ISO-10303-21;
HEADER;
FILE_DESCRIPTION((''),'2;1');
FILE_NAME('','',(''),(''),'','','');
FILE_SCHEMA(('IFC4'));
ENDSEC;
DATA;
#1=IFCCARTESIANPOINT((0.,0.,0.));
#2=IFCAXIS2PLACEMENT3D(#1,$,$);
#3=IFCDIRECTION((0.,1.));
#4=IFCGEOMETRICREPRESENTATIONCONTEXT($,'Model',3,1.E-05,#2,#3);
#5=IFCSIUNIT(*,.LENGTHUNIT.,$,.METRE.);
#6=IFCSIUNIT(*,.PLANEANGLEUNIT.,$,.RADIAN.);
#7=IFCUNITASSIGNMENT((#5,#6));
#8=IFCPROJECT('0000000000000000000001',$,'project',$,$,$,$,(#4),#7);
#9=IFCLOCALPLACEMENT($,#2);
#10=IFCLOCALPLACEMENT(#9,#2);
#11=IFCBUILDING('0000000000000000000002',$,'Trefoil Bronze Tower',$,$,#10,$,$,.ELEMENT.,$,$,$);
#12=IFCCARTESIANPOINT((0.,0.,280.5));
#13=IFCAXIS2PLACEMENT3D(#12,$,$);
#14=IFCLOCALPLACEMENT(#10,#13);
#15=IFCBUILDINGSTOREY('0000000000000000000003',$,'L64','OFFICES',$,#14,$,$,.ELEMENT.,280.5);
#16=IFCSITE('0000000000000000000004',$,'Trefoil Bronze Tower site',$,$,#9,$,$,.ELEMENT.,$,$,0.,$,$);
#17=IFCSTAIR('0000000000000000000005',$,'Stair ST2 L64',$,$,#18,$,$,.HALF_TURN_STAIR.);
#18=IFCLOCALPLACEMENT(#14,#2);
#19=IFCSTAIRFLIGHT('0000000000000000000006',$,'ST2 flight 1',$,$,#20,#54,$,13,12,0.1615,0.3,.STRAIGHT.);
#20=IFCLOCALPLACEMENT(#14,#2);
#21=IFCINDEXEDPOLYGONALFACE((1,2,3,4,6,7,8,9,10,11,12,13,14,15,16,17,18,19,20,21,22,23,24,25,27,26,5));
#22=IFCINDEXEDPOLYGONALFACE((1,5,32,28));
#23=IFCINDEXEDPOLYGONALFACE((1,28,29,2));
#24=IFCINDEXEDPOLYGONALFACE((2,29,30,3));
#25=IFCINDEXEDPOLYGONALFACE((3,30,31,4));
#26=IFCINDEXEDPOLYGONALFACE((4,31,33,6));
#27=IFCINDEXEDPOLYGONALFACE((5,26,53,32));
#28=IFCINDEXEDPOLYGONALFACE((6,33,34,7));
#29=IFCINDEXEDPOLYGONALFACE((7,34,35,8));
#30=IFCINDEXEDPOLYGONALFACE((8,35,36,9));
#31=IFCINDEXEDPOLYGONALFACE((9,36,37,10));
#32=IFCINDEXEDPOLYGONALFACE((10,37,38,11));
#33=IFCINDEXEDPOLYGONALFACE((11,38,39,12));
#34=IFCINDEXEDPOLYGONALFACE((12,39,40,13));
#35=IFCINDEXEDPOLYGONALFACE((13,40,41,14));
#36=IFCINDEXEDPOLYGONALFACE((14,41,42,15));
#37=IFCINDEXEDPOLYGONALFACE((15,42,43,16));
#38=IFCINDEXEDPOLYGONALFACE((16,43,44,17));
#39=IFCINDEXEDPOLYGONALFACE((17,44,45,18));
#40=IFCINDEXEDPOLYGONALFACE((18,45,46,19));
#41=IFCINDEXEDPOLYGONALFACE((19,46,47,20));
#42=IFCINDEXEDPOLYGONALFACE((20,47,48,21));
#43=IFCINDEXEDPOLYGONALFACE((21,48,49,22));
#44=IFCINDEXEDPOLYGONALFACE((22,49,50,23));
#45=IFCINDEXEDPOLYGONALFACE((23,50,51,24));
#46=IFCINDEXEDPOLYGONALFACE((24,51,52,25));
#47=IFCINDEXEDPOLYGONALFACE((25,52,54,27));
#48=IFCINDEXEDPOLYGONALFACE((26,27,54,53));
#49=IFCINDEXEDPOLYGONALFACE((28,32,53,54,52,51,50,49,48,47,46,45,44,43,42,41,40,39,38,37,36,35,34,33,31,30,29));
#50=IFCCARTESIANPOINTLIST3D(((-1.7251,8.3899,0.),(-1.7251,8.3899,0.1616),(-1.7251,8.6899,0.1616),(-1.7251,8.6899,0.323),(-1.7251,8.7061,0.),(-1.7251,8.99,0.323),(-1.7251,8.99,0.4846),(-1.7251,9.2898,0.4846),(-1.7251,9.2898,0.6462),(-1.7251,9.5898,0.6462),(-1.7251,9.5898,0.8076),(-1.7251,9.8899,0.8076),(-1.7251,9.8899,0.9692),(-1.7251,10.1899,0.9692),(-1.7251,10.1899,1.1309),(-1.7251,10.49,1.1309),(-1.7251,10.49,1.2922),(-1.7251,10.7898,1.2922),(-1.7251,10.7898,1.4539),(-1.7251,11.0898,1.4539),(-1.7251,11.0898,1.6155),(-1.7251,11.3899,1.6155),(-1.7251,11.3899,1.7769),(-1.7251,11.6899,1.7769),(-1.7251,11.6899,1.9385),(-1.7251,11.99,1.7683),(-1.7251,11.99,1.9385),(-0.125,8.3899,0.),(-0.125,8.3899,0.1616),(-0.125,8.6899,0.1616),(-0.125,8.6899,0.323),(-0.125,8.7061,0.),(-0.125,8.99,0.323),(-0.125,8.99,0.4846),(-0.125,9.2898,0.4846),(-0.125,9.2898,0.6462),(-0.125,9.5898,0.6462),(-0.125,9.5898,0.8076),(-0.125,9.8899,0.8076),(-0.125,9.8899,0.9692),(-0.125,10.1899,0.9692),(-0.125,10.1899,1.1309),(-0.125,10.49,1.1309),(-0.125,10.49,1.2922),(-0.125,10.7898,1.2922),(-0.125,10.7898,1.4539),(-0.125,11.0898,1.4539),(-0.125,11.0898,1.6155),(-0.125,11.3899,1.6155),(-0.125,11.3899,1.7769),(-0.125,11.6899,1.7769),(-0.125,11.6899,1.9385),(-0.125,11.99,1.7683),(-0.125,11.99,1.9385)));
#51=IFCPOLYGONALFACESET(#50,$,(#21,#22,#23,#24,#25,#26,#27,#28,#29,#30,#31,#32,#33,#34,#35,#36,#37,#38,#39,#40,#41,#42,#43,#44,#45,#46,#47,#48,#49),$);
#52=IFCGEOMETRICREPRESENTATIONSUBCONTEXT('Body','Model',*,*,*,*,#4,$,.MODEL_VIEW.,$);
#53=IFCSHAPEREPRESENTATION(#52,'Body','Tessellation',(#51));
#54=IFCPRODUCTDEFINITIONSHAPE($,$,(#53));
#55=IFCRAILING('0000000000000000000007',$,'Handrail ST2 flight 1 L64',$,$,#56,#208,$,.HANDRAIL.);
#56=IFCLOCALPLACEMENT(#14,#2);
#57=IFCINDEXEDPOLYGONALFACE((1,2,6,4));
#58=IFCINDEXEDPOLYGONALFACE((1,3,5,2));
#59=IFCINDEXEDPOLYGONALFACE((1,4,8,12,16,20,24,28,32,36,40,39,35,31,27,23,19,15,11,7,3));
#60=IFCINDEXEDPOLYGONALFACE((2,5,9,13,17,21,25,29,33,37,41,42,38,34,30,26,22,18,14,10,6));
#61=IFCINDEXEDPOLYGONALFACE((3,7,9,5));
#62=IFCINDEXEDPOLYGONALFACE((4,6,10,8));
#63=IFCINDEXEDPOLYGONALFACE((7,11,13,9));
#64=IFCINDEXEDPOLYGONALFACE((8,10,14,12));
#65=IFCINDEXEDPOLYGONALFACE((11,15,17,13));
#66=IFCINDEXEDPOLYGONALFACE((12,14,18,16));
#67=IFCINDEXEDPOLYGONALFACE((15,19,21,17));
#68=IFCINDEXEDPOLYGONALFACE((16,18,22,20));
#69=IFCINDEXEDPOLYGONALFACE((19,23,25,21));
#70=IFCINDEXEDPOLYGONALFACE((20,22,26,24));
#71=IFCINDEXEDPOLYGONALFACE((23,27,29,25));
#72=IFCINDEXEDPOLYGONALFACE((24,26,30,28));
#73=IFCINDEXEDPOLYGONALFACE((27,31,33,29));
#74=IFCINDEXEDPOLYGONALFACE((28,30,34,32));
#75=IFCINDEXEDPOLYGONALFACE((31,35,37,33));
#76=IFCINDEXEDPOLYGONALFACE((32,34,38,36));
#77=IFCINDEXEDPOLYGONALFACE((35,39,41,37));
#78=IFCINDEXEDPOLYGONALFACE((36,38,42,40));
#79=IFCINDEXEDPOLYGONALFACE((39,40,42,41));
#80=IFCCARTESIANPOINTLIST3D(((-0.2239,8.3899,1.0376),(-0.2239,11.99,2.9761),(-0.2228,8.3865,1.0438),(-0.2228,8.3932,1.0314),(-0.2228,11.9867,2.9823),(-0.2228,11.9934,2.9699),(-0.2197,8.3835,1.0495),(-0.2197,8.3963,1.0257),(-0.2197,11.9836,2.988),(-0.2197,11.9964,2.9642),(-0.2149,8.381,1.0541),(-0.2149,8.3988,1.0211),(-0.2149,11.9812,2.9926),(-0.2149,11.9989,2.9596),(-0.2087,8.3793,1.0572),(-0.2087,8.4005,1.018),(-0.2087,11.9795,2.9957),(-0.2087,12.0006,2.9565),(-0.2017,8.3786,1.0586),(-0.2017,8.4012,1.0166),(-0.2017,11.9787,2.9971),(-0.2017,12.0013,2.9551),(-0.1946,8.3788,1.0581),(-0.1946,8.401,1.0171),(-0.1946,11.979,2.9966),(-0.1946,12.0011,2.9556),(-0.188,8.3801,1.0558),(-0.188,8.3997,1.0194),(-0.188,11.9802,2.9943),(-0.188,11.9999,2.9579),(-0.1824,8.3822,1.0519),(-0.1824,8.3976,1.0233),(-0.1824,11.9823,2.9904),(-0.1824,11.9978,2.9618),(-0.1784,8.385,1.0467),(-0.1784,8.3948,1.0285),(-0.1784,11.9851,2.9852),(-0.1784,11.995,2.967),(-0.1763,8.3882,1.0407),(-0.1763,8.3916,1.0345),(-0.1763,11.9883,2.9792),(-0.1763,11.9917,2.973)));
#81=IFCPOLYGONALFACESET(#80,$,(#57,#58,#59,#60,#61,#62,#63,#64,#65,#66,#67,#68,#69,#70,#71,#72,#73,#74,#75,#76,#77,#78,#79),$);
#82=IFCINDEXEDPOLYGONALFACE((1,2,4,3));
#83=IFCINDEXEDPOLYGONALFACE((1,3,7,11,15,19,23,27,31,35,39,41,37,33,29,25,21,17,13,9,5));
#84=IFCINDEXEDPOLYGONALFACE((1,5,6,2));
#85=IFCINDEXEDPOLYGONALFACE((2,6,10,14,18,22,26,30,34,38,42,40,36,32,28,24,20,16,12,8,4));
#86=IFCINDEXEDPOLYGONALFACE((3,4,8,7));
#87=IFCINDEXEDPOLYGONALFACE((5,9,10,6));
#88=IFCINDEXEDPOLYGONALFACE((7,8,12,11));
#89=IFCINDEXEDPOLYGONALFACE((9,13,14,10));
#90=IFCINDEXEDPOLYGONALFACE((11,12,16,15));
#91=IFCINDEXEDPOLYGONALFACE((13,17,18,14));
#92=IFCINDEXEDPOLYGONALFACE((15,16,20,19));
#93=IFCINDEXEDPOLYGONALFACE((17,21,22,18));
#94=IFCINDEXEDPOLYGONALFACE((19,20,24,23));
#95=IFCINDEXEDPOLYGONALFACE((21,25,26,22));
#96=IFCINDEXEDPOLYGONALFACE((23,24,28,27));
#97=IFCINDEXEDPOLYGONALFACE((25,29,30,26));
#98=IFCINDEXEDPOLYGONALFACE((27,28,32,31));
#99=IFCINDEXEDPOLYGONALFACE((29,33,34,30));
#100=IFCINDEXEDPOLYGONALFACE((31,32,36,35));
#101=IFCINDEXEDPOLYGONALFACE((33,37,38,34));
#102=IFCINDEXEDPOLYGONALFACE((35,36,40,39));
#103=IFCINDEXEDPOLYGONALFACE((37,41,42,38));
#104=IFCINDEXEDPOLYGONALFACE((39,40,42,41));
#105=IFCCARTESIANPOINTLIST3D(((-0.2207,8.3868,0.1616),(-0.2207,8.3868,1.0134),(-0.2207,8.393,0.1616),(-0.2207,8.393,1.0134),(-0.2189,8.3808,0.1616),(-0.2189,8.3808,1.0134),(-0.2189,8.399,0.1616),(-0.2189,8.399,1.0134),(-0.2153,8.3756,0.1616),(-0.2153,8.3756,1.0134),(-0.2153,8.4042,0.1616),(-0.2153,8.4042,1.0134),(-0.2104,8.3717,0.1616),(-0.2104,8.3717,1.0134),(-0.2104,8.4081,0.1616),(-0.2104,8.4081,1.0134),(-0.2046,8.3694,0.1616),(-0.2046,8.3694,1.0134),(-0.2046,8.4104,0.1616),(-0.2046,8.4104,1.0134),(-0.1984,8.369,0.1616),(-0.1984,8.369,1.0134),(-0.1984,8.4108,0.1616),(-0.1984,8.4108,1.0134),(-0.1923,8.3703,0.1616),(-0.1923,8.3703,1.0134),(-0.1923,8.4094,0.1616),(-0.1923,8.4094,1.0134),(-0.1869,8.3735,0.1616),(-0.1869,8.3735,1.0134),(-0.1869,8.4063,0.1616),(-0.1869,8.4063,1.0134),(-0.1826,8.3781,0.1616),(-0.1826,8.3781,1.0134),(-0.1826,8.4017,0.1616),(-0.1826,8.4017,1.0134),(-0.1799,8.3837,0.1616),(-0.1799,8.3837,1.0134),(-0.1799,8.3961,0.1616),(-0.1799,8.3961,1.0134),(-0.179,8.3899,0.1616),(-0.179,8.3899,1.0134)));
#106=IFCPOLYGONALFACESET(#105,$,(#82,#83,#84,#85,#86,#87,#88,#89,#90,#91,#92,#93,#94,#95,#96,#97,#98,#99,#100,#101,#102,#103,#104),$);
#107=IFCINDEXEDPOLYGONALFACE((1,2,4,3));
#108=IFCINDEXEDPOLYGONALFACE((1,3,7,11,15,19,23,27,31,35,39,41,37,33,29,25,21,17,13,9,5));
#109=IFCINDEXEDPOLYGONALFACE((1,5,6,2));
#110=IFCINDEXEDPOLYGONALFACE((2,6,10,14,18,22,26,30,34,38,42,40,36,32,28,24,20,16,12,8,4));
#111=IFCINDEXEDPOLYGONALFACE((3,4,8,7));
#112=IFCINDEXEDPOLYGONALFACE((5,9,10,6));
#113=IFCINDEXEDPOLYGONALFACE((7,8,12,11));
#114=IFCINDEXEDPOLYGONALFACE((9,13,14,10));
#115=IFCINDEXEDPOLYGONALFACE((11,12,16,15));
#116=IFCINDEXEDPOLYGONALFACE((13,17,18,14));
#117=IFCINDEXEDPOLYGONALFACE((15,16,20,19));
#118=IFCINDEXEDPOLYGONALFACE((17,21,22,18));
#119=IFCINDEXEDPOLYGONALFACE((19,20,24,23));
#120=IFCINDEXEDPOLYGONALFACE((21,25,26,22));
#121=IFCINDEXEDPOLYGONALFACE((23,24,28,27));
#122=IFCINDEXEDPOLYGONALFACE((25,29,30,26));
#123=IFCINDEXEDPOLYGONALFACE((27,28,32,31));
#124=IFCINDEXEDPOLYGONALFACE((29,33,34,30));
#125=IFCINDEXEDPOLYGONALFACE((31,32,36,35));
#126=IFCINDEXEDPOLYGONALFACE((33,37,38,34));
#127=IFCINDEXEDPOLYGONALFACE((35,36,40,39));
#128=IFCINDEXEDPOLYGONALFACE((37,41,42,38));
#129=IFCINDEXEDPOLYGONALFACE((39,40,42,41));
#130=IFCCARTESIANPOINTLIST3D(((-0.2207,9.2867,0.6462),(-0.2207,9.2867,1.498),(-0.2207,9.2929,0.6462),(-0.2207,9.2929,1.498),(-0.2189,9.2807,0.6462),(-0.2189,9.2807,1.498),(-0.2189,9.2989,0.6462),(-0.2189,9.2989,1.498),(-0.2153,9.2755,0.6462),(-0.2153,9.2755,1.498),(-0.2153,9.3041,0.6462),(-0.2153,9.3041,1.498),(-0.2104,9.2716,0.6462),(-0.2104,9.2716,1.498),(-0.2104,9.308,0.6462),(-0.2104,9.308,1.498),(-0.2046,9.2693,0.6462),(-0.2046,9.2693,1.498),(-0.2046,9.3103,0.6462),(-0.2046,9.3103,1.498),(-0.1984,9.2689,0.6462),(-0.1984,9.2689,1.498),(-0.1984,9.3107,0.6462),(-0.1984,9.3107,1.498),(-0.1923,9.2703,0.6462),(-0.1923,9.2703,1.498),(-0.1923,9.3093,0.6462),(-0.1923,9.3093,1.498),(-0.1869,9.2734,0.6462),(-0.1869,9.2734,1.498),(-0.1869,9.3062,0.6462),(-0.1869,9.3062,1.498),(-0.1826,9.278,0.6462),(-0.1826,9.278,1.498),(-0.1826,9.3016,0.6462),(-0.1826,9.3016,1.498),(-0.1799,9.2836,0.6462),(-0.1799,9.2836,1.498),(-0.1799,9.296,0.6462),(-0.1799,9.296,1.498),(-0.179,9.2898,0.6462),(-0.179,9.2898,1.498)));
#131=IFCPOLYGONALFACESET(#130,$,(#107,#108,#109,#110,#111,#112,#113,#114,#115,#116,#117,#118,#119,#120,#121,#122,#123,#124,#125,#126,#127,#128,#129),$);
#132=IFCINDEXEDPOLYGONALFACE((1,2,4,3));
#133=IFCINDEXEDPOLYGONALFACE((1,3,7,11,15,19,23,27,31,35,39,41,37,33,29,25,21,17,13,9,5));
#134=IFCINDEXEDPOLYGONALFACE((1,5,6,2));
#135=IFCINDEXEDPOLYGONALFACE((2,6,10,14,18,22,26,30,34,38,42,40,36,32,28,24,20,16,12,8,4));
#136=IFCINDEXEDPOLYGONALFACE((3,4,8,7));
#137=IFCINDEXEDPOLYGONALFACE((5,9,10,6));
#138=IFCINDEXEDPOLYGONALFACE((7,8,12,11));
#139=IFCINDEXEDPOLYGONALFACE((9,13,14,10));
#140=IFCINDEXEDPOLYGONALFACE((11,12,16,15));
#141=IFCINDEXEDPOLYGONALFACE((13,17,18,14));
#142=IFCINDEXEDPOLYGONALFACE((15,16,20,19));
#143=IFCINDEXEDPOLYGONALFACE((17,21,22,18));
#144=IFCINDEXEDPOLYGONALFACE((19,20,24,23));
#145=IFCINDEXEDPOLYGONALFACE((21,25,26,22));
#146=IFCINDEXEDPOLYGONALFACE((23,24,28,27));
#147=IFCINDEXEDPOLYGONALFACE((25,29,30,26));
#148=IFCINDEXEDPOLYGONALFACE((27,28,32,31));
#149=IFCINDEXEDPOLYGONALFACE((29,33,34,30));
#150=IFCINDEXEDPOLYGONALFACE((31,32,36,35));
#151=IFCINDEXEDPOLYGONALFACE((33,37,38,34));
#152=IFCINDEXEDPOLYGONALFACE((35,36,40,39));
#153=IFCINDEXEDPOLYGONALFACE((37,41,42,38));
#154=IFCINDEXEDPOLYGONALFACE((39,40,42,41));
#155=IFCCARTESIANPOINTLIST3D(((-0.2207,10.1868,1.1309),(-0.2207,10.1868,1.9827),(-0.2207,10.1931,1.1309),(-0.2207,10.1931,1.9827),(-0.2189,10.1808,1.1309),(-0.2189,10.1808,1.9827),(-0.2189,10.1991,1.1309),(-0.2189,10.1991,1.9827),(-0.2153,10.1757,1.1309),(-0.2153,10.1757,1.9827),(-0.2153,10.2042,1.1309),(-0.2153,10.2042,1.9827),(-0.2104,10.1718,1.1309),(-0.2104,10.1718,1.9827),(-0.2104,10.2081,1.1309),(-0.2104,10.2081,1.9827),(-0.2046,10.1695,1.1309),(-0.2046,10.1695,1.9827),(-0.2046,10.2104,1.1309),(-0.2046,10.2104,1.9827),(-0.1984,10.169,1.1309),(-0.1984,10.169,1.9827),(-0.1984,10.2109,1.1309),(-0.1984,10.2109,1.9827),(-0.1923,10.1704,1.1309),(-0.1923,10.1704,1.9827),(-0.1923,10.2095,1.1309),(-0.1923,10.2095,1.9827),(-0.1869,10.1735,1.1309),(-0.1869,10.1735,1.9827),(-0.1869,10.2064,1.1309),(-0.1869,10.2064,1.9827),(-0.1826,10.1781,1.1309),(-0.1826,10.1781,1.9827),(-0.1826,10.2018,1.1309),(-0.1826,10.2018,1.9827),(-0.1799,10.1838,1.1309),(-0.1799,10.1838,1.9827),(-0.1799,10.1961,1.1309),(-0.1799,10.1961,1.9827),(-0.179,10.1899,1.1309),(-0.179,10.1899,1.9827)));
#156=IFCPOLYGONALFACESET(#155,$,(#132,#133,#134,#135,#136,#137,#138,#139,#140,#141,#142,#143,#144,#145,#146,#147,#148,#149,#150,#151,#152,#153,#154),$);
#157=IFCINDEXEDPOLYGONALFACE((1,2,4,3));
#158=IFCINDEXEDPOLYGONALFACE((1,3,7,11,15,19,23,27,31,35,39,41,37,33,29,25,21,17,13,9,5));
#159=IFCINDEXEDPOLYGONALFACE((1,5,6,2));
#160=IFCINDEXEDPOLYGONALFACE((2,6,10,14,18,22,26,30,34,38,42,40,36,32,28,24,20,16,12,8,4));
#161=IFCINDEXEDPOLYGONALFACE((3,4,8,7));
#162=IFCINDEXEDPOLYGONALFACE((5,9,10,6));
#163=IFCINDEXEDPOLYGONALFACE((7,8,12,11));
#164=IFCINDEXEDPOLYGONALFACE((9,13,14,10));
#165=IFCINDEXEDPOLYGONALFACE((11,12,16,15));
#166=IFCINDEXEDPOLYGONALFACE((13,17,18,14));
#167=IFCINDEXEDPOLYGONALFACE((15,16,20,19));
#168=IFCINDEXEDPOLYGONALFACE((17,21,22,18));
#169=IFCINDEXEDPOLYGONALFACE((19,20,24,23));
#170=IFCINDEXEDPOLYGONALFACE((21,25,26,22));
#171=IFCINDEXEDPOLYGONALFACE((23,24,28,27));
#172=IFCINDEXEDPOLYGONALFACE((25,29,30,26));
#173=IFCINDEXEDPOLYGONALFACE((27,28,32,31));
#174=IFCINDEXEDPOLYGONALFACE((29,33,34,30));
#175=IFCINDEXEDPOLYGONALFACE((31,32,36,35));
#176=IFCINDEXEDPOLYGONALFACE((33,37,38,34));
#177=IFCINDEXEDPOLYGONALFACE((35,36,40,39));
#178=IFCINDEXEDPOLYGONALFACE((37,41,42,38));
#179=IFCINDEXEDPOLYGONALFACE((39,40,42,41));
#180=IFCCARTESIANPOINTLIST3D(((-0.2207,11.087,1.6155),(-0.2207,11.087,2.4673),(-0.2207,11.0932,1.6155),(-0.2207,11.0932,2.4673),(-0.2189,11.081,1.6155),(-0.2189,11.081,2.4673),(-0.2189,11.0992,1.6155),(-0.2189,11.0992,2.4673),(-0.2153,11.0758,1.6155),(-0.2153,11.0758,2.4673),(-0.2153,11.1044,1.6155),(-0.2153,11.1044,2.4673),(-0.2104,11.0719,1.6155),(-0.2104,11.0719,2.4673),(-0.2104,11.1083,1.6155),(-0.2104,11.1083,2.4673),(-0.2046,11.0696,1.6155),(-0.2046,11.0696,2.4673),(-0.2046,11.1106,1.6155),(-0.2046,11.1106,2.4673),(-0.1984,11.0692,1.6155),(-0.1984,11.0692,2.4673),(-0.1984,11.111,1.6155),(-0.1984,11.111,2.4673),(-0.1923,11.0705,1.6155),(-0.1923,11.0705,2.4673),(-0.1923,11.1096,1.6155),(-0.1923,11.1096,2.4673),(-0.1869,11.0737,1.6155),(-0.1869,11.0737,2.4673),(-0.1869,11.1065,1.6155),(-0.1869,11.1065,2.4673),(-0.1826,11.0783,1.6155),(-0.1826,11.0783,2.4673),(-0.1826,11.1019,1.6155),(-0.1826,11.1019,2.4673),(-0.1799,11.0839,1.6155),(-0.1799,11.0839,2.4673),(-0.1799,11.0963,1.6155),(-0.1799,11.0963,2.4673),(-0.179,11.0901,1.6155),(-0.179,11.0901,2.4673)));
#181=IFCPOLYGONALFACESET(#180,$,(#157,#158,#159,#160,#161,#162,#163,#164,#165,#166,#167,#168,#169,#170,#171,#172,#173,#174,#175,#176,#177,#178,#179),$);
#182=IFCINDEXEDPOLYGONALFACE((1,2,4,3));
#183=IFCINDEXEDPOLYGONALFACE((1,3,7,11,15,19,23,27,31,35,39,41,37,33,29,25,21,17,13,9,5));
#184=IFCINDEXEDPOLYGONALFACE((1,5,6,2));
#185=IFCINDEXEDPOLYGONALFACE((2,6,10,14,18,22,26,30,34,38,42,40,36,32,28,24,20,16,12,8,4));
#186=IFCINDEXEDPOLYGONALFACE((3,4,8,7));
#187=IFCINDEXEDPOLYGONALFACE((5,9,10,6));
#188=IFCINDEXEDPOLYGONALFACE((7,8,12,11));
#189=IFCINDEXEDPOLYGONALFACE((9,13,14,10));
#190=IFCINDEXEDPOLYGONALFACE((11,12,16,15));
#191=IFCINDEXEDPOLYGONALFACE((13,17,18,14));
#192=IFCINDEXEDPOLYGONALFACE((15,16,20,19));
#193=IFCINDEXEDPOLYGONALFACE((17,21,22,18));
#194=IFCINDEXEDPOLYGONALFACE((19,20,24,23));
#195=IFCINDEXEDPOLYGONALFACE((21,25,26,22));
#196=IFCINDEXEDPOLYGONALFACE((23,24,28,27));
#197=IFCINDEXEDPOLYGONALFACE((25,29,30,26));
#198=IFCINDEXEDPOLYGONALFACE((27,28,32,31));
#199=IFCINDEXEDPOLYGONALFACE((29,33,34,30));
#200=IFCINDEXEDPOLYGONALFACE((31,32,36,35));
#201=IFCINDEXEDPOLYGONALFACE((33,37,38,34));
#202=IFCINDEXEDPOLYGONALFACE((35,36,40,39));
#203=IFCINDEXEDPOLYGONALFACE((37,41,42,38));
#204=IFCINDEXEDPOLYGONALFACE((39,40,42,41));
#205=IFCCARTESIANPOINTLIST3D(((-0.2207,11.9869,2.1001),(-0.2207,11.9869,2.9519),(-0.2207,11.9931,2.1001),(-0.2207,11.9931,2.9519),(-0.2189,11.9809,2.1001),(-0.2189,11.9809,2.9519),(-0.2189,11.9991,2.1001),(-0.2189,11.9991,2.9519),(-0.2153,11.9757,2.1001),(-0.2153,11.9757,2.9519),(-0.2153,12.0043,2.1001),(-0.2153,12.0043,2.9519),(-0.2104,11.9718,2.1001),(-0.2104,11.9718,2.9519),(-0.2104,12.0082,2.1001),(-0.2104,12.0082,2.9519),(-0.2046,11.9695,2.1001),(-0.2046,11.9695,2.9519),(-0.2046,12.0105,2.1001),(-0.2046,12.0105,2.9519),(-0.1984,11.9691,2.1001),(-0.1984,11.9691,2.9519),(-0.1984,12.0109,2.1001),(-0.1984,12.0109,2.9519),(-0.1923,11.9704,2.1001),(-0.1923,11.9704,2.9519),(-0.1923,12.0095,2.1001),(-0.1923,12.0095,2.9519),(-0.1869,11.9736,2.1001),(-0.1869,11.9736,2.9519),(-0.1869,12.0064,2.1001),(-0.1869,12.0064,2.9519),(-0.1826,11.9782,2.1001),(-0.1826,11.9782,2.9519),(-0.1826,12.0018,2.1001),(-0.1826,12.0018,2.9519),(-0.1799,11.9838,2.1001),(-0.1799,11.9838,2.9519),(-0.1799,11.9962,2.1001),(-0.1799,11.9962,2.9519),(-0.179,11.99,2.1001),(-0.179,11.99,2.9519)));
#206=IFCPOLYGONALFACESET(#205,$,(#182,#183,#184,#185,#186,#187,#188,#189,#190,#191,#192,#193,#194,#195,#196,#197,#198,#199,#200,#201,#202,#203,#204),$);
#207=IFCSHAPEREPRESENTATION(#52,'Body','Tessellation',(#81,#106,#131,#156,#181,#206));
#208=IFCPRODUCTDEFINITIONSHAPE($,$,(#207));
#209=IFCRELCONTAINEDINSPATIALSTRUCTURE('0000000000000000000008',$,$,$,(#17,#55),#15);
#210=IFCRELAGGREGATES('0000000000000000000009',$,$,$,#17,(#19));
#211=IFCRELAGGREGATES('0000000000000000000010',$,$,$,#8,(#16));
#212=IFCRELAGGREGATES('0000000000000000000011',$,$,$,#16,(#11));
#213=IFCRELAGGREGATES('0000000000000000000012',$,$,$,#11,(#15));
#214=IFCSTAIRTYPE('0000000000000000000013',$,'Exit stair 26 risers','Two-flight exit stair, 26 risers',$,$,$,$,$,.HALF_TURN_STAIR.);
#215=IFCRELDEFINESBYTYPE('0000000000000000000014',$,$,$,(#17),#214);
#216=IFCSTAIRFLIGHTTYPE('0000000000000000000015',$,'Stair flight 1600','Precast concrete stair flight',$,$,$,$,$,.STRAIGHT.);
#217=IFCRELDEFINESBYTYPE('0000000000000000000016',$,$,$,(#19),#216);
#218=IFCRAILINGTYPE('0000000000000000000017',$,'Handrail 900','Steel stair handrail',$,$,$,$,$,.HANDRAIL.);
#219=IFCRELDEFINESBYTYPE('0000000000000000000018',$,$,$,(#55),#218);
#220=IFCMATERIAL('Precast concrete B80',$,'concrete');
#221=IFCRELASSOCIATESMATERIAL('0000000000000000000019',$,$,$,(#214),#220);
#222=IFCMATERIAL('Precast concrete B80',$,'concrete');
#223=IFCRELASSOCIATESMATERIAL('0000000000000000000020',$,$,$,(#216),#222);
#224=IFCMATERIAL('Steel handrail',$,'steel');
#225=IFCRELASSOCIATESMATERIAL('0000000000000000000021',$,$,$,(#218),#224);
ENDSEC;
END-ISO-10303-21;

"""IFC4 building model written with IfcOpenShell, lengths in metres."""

from ifc_helpers import new_model, si_unit, direction, frame, origin, origin_2d, place, context, subcontext, project, spatial, polyline, circle, outline, extrude, material, type_object, element, aggregate, save


model = new_model("IFC4")

# Units and contexts
model_context = context("Model", 3, precision=1e-05, world=origin(), true_north=direction((0.0, 1.0)))
body_context = subcontext(model_context, "Body", "Model", "MODEL_VIEW")
ifc_project = project(units=[si_unit("LENGTHUNIT", "METRE"), si_unit("PLANEANGLEUNIT", "RADIAN")], contexts=[model_context])

# Site, building, storey
site_placement = place(None, origin())
site = spatial("IfcSite", under=ifc_project, at=site_placement, Name="Trefoil Bronze Tower site", CompositionType="ELEMENT", RefElevation=0.0)
building_placement = place(site_placement, origin())
building = spatial("IfcBuilding", under=site, at=building_placement, Name="Trefoil Bronze Tower", CompositionType="ELEMENT")
storey_placement = place(building_placement, frame((0.0, 0.0, 280.5)))
storey = spatial("IfcBuildingStorey", under=building, at=storey_placement, Name="L64", Description="OFFICES", CompositionType="ELEMENT", Elevation=280.5)

# Stair, stair flight
ifc_material_1 = material(Name="Precast concrete B80", Category="concrete")
stair_type = type_object("IfcStairType", Name="Exit stair 26 risers", Description="Two-flight exit stair, 26 risers", PredefinedType="HALF_TURN_STAIR", material=ifc_material_1)
stair_placement = place(storey_placement, origin())
stair = element("IfcStair", 1, at=stair_placement, inside=storey, type_object=stair_type, Name="Stair ST2 L64", PredefinedType="HALF_TURN_STAIR")
ifc_material_2 = material(Name="Precast concrete B80", Category="concrete")
stair_flight_type = type_object("IfcStairFlightType", Name="Stair flight 1600", Description="Precast concrete stair flight", PredefinedType="STRAIGHT", material=ifc_material_2)
stair_flight_placement = place(storey_placement, frame((-0.925, 8.3899, 0.0), z_axis=(0.0, 0.0, 1.0), x_axis=(0.0, 1.0, 0.0)))
stair_flight = element("IfcStairFlight", 2, at=stair_flight_placement, type_object=stair_flight_type, Name="ST2 flight 1", NumberOfRisers=13, NumberOfTreads=12, PredefinedType="STRAIGHT", RiserHeight=0.1615, TreadLength=0.3, context=body_context, shape_type="SweptSolid", body=[
    extrude(outline(polyline([(0.0, 0.0), (0.0, 0.1616), (0.3, 0.1616), (0.3, 0.323), (0.6001, 0.323), (0.6001, 0.4846), (0.8999, 0.4846), (0.8999, 0.6462), (1.2, 0.6462), (1.2, 0.8076), (1.5, 0.8076), (1.5, 0.9692), (1.8, 0.9692), (1.8, 1.1309), (2.1001, 1.1309), (2.1001, 1.2922), (2.3999, 1.2922), (2.3999, 1.4539), (2.7, 1.4539), (2.7, 1.6155), (3.0, 1.6155), (3.0, 1.7769), (3.3, 1.7769), (3.3, 1.9385), (3.6001, 1.9385), (3.6001, 2.1001), (3.6001, 1.7683), (0.3162, 0.0), (0.0, 0.0)])), frame((0.0, 0.8, 0.0), z_axis=(0.0, -1.0, 0.0), x_axis=(1.0, 0.0, 0.0)), (0.0, 0.0, 1.0), 1.6001),
])
aggregate(stair, [stair_flight])

# Railing
ifc_material_3 = material(Name="Steel handrail", Category="steel")
railing_type = type_object("IfcRailingType", Name="Handrail 900", Description="Steel stair handrail", PredefinedType="HANDRAIL", material=ifc_material_3)
railing_placement = place(storey_placement, frame((-0.2, 8.3899, 0.1616)))
element("IfcRailing", 3, at=railing_placement, inside=storey, type_object=railing_type, Name="Handrail ST2 flight 1 L64", PredefinedType="HANDRAIL", context=body_context, shape_type="SweptSolid", body=[
    extrude(circle(Radius=0.0239, at=origin_2d()), frame((0.0, 0.0, 0.876), z_axis=(0.0, 0.880475, 0.474093), x_axis=(-1.0, 0.0, 0.0)), (0.0, 0.0, 1.0), 4.0889),
    extrude(circle(Radius=0.021, at=origin_2d()), origin(), (0.0, 0.0, 1.0), 0.8518),
    extrude(circle(Radius=0.021, at=origin_2d()), frame((0.0, 0.8999, 0.4846)), (0.0, 0.0, 1.0), 0.8518),
    extrude(circle(Radius=0.021, at=origin_2d()), frame((0.0, 1.8, 0.9692)), (0.0, 0.0, 1.0), 0.8518),
    extrude(circle(Radius=0.021, at=origin_2d()), frame((0.0, 2.7002, 1.4539)), (0.0, 0.0, 1.0), 0.8518),
    extrude(circle(Radius=0.021, at=origin_2d()), frame((0.0, 3.6001, 1.9385)), (0.0, 0.0, 1.0), 0.8518),
])

save(model, "model.ifc")
